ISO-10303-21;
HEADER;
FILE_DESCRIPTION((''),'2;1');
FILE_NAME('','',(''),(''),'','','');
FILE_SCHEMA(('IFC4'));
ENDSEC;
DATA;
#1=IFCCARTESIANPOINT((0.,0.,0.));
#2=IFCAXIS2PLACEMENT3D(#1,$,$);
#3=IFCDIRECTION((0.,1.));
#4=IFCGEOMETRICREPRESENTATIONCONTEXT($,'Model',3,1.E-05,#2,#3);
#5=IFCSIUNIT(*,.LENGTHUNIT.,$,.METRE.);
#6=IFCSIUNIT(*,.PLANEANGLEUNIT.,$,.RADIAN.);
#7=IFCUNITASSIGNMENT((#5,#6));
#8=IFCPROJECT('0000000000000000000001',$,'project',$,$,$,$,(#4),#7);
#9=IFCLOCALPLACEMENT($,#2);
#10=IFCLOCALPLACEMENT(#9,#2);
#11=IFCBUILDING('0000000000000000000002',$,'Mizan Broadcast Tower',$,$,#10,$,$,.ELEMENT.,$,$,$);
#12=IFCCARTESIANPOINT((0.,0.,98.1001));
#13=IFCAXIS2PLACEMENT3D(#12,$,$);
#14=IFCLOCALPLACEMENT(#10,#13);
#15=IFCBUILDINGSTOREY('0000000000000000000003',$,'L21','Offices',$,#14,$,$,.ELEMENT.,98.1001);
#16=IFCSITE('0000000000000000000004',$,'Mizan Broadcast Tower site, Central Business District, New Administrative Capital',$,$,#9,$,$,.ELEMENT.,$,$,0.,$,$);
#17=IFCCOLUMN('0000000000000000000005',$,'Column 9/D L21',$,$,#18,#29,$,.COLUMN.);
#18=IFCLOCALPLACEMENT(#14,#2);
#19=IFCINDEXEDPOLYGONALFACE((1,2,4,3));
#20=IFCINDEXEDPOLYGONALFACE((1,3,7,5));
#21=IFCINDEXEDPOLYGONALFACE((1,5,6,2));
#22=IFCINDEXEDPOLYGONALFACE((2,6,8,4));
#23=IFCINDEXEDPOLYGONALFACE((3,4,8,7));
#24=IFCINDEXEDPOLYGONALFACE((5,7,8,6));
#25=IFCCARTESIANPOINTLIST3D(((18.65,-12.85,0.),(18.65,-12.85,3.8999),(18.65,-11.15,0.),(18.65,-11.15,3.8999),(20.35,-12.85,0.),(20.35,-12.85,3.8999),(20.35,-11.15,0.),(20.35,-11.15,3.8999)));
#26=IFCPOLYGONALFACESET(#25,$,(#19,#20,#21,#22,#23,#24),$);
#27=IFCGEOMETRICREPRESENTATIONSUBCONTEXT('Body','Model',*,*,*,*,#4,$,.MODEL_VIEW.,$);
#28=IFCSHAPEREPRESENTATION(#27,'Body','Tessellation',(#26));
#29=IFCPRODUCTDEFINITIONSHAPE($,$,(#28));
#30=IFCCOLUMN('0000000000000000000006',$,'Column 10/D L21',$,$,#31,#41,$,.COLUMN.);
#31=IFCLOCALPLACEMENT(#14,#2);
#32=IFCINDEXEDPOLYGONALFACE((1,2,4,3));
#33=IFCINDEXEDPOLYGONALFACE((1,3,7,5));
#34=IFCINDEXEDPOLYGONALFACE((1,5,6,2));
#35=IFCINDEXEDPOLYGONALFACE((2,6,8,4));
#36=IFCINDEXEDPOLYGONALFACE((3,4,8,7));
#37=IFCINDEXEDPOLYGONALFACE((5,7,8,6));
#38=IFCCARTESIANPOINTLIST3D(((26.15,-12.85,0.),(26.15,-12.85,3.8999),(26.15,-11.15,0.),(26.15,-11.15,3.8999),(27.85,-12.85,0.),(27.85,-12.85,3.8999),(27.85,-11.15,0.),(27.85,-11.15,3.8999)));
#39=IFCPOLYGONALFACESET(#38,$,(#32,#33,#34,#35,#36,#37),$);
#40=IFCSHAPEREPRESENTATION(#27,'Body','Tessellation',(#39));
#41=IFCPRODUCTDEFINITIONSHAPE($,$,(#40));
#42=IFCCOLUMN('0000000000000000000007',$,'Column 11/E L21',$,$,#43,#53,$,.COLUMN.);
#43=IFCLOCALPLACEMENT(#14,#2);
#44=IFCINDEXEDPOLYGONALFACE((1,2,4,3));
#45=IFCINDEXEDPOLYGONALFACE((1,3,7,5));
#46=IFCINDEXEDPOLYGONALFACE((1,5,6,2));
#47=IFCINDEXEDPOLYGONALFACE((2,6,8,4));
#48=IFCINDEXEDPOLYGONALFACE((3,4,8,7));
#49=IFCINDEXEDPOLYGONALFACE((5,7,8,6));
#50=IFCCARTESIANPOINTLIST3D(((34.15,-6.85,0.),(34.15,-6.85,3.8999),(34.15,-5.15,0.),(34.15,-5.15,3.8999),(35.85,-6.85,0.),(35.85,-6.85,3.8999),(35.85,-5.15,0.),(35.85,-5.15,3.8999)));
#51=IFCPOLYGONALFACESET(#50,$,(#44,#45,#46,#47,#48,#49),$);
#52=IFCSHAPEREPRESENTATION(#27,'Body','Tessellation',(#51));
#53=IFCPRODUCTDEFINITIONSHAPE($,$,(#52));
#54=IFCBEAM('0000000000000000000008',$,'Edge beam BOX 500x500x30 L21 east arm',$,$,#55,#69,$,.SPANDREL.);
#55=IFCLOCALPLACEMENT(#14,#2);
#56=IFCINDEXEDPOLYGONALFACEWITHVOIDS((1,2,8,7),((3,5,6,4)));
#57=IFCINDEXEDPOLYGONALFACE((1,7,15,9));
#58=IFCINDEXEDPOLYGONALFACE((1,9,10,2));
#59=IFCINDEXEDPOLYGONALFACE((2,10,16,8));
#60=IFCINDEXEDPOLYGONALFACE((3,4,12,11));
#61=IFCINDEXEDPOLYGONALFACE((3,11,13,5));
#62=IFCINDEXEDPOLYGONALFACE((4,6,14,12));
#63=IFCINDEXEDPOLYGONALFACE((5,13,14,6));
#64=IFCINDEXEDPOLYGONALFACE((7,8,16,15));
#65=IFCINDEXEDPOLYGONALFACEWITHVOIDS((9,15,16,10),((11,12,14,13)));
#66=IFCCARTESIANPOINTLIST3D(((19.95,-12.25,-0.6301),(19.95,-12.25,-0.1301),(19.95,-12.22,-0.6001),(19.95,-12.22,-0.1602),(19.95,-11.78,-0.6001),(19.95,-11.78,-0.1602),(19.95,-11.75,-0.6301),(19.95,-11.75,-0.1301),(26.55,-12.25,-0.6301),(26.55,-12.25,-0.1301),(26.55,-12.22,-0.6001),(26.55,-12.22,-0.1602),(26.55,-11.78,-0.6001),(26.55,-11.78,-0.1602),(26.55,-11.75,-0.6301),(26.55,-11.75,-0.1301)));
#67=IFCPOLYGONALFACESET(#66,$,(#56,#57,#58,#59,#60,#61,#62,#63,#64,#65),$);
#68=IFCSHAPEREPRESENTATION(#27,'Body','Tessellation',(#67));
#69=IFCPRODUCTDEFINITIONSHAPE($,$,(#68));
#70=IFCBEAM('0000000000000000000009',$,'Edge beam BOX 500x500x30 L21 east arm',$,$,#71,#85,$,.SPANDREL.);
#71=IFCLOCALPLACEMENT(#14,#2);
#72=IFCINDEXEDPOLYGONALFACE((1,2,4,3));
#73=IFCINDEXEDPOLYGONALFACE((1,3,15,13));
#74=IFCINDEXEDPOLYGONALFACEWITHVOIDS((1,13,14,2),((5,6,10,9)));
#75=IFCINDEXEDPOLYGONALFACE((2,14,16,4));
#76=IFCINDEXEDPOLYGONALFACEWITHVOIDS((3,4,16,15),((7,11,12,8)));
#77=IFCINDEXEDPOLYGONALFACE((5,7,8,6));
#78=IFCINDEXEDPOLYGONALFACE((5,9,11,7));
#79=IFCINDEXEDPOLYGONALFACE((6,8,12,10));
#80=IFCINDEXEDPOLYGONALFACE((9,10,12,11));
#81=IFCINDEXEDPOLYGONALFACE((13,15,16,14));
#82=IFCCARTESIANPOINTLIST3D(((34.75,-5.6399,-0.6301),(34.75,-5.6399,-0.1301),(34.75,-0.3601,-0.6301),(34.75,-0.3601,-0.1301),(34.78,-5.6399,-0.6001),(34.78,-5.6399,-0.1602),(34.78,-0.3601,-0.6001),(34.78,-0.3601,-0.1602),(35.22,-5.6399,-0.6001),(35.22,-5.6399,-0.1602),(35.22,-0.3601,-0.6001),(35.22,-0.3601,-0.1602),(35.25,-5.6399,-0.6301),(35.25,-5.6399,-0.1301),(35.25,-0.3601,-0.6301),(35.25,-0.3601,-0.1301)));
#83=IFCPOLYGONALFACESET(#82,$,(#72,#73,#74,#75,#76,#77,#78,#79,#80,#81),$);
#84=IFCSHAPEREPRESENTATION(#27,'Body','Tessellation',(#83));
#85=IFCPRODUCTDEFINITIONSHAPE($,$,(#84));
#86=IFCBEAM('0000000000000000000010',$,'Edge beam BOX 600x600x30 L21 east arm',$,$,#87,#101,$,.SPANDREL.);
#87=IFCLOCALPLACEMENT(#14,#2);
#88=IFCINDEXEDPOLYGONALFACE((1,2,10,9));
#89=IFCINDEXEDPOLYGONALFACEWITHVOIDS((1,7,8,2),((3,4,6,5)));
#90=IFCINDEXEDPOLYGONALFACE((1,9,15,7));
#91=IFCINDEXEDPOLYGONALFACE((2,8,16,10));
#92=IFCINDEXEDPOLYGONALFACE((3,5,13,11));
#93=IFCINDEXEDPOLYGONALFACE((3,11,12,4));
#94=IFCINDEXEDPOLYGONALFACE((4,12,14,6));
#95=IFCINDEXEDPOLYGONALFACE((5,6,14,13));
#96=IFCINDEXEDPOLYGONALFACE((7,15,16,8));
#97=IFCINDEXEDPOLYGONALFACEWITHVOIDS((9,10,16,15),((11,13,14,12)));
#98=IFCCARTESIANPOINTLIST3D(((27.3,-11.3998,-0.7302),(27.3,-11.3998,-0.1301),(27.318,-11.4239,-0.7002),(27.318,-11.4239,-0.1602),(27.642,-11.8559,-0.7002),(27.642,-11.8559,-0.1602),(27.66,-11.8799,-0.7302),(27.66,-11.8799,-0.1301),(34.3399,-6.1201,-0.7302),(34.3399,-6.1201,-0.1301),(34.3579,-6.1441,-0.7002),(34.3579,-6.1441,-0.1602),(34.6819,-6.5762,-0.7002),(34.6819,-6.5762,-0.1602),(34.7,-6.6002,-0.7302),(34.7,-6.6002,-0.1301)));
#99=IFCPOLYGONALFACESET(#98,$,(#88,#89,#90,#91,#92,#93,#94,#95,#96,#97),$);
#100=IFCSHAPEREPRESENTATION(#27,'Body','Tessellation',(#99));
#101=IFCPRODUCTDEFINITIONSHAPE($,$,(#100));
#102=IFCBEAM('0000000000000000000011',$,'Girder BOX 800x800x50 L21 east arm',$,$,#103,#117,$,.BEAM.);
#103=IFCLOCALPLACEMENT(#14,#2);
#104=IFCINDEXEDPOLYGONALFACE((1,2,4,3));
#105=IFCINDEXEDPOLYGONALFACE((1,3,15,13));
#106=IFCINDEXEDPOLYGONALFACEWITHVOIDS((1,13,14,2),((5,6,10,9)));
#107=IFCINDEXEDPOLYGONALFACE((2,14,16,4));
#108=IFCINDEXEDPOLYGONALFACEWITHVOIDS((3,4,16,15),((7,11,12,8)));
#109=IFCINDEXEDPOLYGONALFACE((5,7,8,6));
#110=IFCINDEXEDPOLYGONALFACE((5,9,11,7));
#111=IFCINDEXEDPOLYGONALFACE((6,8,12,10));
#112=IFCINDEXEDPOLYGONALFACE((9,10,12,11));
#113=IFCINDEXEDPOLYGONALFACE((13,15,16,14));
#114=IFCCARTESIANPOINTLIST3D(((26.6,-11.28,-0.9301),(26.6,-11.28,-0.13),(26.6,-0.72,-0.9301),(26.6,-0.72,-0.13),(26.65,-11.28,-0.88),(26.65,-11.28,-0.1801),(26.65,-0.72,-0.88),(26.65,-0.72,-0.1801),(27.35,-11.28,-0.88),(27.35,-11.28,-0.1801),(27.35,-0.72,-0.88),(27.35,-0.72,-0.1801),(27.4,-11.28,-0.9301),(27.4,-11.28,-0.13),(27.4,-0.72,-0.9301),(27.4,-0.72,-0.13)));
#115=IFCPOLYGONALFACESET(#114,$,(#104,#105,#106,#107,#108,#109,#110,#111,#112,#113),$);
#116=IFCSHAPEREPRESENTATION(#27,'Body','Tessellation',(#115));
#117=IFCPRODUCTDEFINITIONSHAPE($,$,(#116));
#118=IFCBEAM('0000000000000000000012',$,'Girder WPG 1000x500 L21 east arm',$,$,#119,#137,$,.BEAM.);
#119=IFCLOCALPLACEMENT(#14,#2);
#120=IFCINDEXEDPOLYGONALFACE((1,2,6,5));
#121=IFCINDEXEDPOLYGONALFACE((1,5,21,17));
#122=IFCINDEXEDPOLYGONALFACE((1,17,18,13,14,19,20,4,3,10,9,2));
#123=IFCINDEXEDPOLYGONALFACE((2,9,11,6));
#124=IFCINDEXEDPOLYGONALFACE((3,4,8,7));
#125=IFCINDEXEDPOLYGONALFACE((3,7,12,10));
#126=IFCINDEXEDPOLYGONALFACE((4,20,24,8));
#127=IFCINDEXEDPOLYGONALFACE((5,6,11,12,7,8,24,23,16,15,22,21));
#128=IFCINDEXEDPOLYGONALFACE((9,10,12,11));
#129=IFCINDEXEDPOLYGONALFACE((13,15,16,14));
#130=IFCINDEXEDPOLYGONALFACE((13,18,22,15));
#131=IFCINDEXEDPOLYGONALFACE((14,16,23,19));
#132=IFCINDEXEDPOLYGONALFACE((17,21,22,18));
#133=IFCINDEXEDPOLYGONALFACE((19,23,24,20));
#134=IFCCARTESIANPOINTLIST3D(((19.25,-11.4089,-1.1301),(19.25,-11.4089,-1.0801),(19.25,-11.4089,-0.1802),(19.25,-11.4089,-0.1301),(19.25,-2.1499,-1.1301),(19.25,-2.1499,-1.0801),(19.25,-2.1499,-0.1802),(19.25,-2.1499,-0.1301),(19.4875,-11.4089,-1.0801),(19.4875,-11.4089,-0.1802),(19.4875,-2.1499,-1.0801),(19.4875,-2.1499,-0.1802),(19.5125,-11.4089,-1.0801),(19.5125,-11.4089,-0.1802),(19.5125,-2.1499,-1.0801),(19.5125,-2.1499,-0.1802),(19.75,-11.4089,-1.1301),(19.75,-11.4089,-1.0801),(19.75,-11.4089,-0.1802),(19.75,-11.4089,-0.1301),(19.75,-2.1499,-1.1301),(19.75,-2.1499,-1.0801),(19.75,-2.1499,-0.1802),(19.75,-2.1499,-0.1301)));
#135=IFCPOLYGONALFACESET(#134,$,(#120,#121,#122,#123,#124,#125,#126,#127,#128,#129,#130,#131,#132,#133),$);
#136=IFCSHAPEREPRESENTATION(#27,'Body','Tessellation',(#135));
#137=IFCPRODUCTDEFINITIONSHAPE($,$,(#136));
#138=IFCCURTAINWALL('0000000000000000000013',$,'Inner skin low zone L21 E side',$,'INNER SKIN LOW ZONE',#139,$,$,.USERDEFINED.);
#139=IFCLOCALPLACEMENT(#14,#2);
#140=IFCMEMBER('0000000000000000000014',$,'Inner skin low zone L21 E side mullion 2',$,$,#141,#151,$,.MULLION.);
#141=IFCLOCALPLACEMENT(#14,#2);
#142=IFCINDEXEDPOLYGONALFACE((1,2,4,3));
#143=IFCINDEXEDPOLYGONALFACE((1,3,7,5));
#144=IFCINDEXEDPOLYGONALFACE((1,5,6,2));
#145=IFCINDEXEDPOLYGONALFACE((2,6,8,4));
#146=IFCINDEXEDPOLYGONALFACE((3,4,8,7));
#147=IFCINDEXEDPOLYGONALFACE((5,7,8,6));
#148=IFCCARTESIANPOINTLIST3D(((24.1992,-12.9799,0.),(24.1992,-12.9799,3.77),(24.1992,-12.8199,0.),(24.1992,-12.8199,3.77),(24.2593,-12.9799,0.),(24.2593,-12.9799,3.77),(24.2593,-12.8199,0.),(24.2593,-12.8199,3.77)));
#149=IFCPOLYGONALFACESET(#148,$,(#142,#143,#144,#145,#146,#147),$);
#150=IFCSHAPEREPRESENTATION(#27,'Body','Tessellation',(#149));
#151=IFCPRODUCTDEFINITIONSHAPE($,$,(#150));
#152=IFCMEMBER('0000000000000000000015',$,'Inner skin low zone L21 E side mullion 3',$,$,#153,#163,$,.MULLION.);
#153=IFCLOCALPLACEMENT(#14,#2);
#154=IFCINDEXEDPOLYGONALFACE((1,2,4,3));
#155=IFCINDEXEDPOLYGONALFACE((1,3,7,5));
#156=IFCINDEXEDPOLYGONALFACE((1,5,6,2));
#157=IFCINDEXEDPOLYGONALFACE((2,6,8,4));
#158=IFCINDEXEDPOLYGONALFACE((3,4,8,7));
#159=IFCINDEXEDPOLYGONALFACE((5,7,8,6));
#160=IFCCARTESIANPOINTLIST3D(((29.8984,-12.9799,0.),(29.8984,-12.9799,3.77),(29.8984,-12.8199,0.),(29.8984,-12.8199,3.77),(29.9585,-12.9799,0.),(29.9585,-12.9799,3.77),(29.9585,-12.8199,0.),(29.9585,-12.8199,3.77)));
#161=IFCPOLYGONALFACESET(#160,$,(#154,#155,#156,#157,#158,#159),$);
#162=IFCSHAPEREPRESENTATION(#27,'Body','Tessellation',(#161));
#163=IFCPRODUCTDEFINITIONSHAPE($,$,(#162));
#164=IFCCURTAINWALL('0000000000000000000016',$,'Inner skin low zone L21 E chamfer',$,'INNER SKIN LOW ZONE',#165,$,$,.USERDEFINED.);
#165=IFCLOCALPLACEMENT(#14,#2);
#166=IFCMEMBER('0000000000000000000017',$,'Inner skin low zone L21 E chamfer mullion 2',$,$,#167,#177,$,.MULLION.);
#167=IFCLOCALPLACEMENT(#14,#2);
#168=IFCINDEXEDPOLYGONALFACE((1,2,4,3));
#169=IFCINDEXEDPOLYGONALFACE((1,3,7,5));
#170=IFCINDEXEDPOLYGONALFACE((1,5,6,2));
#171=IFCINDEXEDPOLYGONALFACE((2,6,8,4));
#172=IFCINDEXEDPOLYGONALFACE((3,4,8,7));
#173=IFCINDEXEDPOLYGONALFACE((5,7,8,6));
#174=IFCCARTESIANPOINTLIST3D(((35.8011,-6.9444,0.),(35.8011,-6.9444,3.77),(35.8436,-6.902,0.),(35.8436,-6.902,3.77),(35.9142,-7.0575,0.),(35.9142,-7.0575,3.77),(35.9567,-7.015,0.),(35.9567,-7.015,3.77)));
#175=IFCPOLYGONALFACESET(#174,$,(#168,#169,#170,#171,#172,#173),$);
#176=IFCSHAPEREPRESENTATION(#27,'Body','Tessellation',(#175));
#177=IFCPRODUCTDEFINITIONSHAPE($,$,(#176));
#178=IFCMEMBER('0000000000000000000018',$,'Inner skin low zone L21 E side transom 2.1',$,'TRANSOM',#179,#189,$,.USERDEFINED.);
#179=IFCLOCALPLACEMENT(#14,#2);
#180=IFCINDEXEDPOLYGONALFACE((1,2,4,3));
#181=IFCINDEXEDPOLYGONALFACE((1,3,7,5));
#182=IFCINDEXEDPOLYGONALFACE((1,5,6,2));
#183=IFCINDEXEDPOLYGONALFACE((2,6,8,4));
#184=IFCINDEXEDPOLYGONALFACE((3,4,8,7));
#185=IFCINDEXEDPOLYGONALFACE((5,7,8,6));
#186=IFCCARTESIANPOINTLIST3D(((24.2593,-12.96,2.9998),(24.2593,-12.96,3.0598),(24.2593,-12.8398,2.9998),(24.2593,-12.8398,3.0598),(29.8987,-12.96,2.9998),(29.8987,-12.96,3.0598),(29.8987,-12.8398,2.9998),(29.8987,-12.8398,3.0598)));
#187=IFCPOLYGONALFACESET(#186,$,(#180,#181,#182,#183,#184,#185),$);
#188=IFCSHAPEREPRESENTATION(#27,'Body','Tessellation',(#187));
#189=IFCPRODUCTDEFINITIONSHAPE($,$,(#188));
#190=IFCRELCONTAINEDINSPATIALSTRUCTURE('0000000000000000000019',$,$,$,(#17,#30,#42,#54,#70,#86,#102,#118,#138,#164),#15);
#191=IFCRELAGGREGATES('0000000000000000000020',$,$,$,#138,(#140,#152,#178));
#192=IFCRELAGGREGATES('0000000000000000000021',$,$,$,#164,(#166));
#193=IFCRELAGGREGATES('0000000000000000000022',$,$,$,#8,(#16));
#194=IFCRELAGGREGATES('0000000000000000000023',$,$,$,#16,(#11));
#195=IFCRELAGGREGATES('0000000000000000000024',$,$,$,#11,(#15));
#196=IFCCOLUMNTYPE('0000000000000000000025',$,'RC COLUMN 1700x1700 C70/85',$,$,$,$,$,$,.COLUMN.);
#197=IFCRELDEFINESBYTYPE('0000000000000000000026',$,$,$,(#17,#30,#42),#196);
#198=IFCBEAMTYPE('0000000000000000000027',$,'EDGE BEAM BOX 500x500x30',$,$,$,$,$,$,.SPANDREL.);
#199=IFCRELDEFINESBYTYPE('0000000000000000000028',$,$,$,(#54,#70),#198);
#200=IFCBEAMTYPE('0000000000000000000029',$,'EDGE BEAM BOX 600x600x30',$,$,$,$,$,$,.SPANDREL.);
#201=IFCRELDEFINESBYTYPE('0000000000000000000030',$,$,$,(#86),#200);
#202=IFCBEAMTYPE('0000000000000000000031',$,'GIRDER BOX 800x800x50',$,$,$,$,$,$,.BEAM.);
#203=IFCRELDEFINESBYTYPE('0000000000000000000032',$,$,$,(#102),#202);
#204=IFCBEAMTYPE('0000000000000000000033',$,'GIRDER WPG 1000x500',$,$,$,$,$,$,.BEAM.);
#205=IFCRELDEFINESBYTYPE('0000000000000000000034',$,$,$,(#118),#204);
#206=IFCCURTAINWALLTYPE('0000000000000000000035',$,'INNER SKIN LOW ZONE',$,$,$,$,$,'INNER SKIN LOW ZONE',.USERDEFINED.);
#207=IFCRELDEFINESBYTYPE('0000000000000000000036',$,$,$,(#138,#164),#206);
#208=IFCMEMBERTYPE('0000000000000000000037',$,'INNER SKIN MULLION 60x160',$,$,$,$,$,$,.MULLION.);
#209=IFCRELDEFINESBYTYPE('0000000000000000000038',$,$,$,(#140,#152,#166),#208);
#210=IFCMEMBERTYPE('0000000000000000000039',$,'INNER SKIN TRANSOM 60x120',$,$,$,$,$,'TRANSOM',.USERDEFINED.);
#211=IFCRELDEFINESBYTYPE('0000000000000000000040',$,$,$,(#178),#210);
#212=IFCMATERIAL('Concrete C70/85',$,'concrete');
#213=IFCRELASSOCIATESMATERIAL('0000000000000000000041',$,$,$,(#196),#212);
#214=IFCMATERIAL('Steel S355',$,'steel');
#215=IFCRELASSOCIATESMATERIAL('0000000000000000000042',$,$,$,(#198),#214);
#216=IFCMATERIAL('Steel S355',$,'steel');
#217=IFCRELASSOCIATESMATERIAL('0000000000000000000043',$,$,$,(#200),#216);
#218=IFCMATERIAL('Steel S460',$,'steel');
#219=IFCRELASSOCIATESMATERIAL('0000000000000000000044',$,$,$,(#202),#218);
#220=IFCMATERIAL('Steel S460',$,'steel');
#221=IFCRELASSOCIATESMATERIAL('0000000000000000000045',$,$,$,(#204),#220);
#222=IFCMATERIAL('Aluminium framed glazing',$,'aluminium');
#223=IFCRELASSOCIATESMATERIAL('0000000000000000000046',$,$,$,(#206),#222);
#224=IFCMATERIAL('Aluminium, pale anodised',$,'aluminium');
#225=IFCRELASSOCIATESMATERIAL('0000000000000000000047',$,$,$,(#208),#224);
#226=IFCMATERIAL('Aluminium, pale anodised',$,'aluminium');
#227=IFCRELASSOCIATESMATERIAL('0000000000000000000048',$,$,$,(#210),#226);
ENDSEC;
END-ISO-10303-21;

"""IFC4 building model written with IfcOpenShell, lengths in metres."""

from ifc_helpers import new_model, si_unit, direction, frame, origin, origin_2d, place, context, subcontext, project, spatial, rectangle, hollow_rectangle, i_section, extrude, material, material_profile, profile_set, type_object, element, aggregate, save


model = new_model("IFC4")

# Units and contexts
model_context = context("Model", 3, precision=1e-05, world=origin(), true_north=direction((0.0, 1.0)))
body_context = subcontext(model_context, "Body", "Model", "MODEL_VIEW")
ifc_project = project(units=[si_unit("LENGTHUNIT", "METRE"), si_unit("PLANEANGLEUNIT", "RADIAN")], contexts=[model_context])

# Site, building, storey
site_placement = place(None, origin())
site = spatial("IfcSite", under=ifc_project, at=site_placement, Name="Mizan Broadcast Tower site, Central Business District, New Administrative Capital", CompositionType="ELEMENT", RefElevation=0.0)
building_placement = place(site_placement, origin())
building = spatial("IfcBuilding", under=site, at=building_placement, Name="Mizan Broadcast Tower", CompositionType="ELEMENT")
storey_placement = place(building_placement, frame((0.0, 0.0, 98.1001)))
storey = spatial("IfcBuildingStorey", under=building, at=storey_placement, Name="L21", Description="Offices", CompositionType="ELEMENT", Elevation=98.1001)

# Columns
ifc_material_1 = material(Name="Concrete C70/85", Category="concrete")
ifc_material_profile_1 = material_profile(ifc_material_1, rectangle(XDim=1.7, YDim=1.7, at=origin_2d()), Name="RC 1700x1700")
ifc_profile_set_1 = profile_set([ifc_material_profile_1], Name="Concrete C70/85")
column_type = type_object("IfcColumnType", Name="RC COLUMN 1700x1700 C70/85", PredefinedType="COLUMN", material=ifc_profile_set_1)
for number, where, z_axis, x_axis, name in (
    (1, (19.5, -12.0, 0.0), (0.0, 0.0, 1.0), (1.0, 0.0, 0.0), "Column 9/D L21"),
    (2, (27.0, -12.0, 0.0), (0.0, 0.0, 1.0), (1.0, 0.0, 0.0), "Column 10/D L21"),
    (3, (35.0, -6.0, 0.0), (0.0, 0.0, 1.0), (1.0, 0.0, 0.0), "Column 11/E L21"),
):
    element("IfcColumn", number, at=place(storey_placement, frame(where, z_axis=z_axis, x_axis=x_axis)), inside=storey, type_object=column_type, Name=name, PredefinedType="COLUMN", context=body_context, shape_type="SweptSolid", body=[
        extrude(rectangle(XDim=1.7, YDim=1.7, at=origin_2d()), origin(), (0.0, 0.0, 1.0), 3.8999),
    ])

# Beams
ifc_material_2 = material(Name="Steel S355", Category="steel")
ifc_material_profile_2 = material_profile(ifc_material_2, hollow_rectangle(XDim=0.5, YDim=0.5, WallThickness=0.03, at=origin_2d()), Name="BOX 500x500x30")
ifc_profile_set_2 = profile_set([ifc_material_profile_2], Name="Steel S355")
beam_type_1 = type_object("IfcBeamType", Name="EDGE BEAM BOX 500x500x30", PredefinedType="SPANDREL", material=ifc_profile_set_2)
beam_1_placement = place(storey_placement, frame((19.95, -12.0, -0.3801), z_axis=(1.0, 0.0, 0.0), x_axis=(0.0, 1.0, 0.0)))
element("IfcBeam", 4, at=beam_1_placement, inside=storey, type_object=beam_type_1, Name="Edge beam BOX 500x500x30 L21 east arm", PredefinedType="SPANDREL", context=body_context, shape_type="SweptSolid", body=[
    extrude(hollow_rectangle(XDim=0.5, YDim=0.5, WallThickness=0.03, at=origin_2d()), origin(), (0.0, 0.0, 1.0), 6.6001),
])
beam_2_placement = place(storey_placement, frame((35.0, -5.6399, -0.3801), z_axis=(0.0, 1.0, 0.0), x_axis=(-1.0, 0.0, 0.0)))
element("IfcBeam", 5, at=beam_2_placement, inside=storey, type_object=beam_type_1, Name="Edge beam BOX 500x500x30 L21 east arm", PredefinedType="SPANDREL", context=body_context, shape_type="SweptSolid", body=[
    extrude(hollow_rectangle(XDim=0.5, YDim=0.5, WallThickness=0.03, at=origin_2d()), origin(), (0.0, 0.0, 1.0), 5.2798),
])
ifc_material_3 = material(Name="Steel S355", Category="steel")
ifc_material_profile_3 = material_profile(ifc_material_3, hollow_rectangle(XDim=0.6001, YDim=0.6001, WallThickness=0.03, at=origin_2d()), Name="BOX 600x600x30")
ifc_profile_set_3 = profile_set([ifc_material_profile_3], Name="Steel S355")
beam_type_2 = type_object("IfcBeamType", Name="EDGE BEAM BOX 600x600x30", PredefinedType="SPANDREL", material=ifc_profile_set_3)
beam_3_placement = place(storey_placement, frame((27.48, -11.6399, -0.4302), z_axis=(0.800013, 0.599982, 0.0), x_axis=(-0.599982, 0.800013, 0.0)))
element("IfcBeam", 6, at=beam_3_placement, inside=storey, type_object=beam_type_2, Name="Edge beam BOX 600x600x30 L21 east arm", PredefinedType="SPANDREL", context=body_context, shape_type="SweptSolid", body=[
    extrude(hollow_rectangle(XDim=0.6001, YDim=0.6001, WallThickness=0.03, at=origin_2d()), origin(), (0.0, 0.0, 1.0), 8.7998),
])
ifc_material_4 = material(Name="Steel S460", Category="steel")
ifc_material_profile_4 = material_profile(ifc_material_4, hollow_rectangle(XDim=0.8, YDim=0.8, WallThickness=0.05, at=origin_2d()), Name="BOX 800x800x50")
ifc_profile_set_4 = profile_set([ifc_material_profile_4], Name="Steel S460")
beam_type_3 = type_object("IfcBeamType", Name="GIRDER BOX 800x800x50", PredefinedType="BEAM", material=ifc_profile_set_4)
beam_4_placement = place(storey_placement, frame((27.0, -11.28, -0.53), z_axis=(0.0, 1.0, 0.0), x_axis=(-1.0, 0.0, 0.0)))
element("IfcBeam", 7, at=beam_4_placement, inside=storey, type_object=beam_type_3, Name="Girder BOX 800x800x50 L21 east arm", PredefinedType="BEAM", context=body_context, shape_type="SweptSolid", body=[
    extrude(hollow_rectangle(XDim=0.8, YDim=0.8, WallThickness=0.05, at=origin_2d()), origin(), (0.0, 0.0, 1.0), 10.5601),
])
ifc_material_5 = material(Name="Steel S460", Category="steel")
ifc_material_profile_5 = material_profile(ifc_material_5, i_section(OverallWidth=0.5, OverallDepth=1.0, WebThickness=0.0249, FlangeThickness=0.05, at=origin_2d()), Name="WPG 1000x500")
ifc_profile_set_5 = profile_set([ifc_material_profile_5], Name="Steel S460")
beam_type_4 = type_object("IfcBeamType", Name="GIRDER WPG 1000x500", PredefinedType="BEAM", material=ifc_profile_set_5)
beam_5_placement = place(storey_placement, frame((19.5, -11.4089, -0.6301), z_axis=(0.0, 1.0, 0.0), x_axis=(-1.0, 0.0, 0.0)))
element("IfcBeam", 8, at=beam_5_placement, inside=storey, type_object=beam_type_4, Name="Girder WPG 1000x500 L21 east arm", PredefinedType="BEAM", context=body_context, shape_type="SweptSolid", body=[
    extrude(i_section(OverallWidth=0.5, OverallDepth=1.0, WebThickness=0.0249, FlangeThickness=0.05, at=origin_2d()), origin(), (0.0, 0.0, 1.0), 9.259),
])

# Curtain wall, members
ifc_material_6 = material(Name="Aluminium framed glazing", Category="aluminium")
curtain_wall_type_1 = type_object("IfcCurtainWallType", Name="INNER SKIN LOW ZONE", ElementType="INNER SKIN LOW ZONE", PredefinedType="USERDEFINED", material=ifc_material_6)
curtain_wall_1_placement = place(storey_placement, origin())
curtain_wall_1 = element("IfcCurtainWall", 9, at=curtain_wall_1_placement, inside=storey, type_object=curtain_wall_type_1, Name="Inner skin low zone L21 E side", ObjectType="INNER SKIN LOW ZONE", PredefinedType="USERDEFINED")
ifc_material_7 = material(Name="Aluminium, pale anodised", Category="aluminium")
ifc_material_profile_6 = material_profile(ifc_material_7, rectangle(XDim=0.1599, YDim=0.0601, at=origin_2d()), Name="MULLION 160x60")
ifc_profile_set_6 = profile_set([ifc_material_profile_6], Name="Aluminium, pale anodised")
member_type_1 = type_object("IfcMemberType", Name="INNER SKIN MULLION 60x160", PredefinedType="MULLION", material=ifc_profile_set_6)
member_1_placement = place(storey_placement, frame((24.2292, -12.8999, 0.0), z_axis=(0.0, 0.0, 1.0), x_axis=(0.0, 1.0, 0.0)))
member_1 = element("IfcMember", 10, at=member_1_placement, type_object=member_type_1, Name="Inner skin low zone L21 E side mullion 2", PredefinedType="MULLION", context=body_context, shape_type="SweptSolid", body=[
    extrude(rectangle(XDim=0.1599, YDim=0.0601, at=origin_2d()), origin(), (0.0, 0.0, 1.0), 3.77),
])
member_2_placement = place(storey_placement, frame((29.9285, -12.8999, 0.0), z_axis=(0.0, 0.0, 1.0), x_axis=(0.0, 1.0, 0.0)))
member_2 = element("IfcMember", 11, at=member_2_placement, type_object=member_type_1, Name="Inner skin low zone L21 E side mullion 3", PredefinedType="MULLION", context=body_context, shape_type="SweptSolid", body=[
    extrude(rectangle(XDim=0.1599, YDim=0.0601, at=origin_2d()), origin(), (0.0, 0.0, 1.0), 3.77),
])

# Curtain wall, member
curtain_wall_2_placement = place(storey_placement, origin())
curtain_wall_2 = element("IfcCurtainWall", 12, at=curtain_wall_2_placement, inside=storey, type_object=curtain_wall_type_1, Name="Inner skin low zone L21 E chamfer", ObjectType="INNER SKIN LOW ZONE", PredefinedType="USERDEFINED")
member_3_placement = place(storey_placement, frame((35.8789, -6.9797, 0.0), z_axis=(0.0, 0.0, 1.0), x_axis=(-0.707107, 0.707107, 0.0)))
member_3 = element("IfcMember", 13, at=member_3_placement, type_object=member_type_1, Name="Inner skin low zone L21 E chamfer mullion 2", PredefinedType="MULLION", context=body_context, shape_type="SweptSolid", body=[
    extrude(rectangle(XDim=0.1599, YDim=0.0601, at=origin_2d()), origin(), (0.0, 0.0, 1.0), 3.77),
])

# Member
ifc_material_8 = material(Name="Aluminium, pale anodised", Category="aluminium")
ifc_material_profile_7 = material_profile(ifc_material_8, rectangle(XDim=0.1201, YDim=0.0601, at=origin_2d()), Name="TRANSOM 120x60")
ifc_profile_set_7 = profile_set([ifc_material_profile_7], Name="Aluminium, pale anodised")
member_type_2 = type_object("IfcMemberType", Name="INNER SKIN TRANSOM 60x120", ElementType="TRANSOM", PredefinedType="USERDEFINED", material=ifc_profile_set_7)
member_4_placement = place(storey_placement, frame((24.2593, -12.8999, 3.0298), z_axis=(1.0, 0.0, 0.0), x_axis=(0.0, 1.0, 0.0)))
member_4 = element("IfcMember", 14, at=member_4_placement, type_object=member_type_2, Name="Inner skin low zone L21 E side transom 2.1", ObjectType="TRANSOM", PredefinedType="USERDEFINED", context=body_context, shape_type="SweptSolid", body=[
    extrude(rectangle(XDim=0.1201, YDim=0.0601, at=origin_2d()), origin(), (0.0, 0.0, 1.0), 5.6394),
])

aggregate(curtain_wall_1, [member_1, member_2, member_4])
aggregate(curtain_wall_2, [member_3])

save(model, "model.ifc")
